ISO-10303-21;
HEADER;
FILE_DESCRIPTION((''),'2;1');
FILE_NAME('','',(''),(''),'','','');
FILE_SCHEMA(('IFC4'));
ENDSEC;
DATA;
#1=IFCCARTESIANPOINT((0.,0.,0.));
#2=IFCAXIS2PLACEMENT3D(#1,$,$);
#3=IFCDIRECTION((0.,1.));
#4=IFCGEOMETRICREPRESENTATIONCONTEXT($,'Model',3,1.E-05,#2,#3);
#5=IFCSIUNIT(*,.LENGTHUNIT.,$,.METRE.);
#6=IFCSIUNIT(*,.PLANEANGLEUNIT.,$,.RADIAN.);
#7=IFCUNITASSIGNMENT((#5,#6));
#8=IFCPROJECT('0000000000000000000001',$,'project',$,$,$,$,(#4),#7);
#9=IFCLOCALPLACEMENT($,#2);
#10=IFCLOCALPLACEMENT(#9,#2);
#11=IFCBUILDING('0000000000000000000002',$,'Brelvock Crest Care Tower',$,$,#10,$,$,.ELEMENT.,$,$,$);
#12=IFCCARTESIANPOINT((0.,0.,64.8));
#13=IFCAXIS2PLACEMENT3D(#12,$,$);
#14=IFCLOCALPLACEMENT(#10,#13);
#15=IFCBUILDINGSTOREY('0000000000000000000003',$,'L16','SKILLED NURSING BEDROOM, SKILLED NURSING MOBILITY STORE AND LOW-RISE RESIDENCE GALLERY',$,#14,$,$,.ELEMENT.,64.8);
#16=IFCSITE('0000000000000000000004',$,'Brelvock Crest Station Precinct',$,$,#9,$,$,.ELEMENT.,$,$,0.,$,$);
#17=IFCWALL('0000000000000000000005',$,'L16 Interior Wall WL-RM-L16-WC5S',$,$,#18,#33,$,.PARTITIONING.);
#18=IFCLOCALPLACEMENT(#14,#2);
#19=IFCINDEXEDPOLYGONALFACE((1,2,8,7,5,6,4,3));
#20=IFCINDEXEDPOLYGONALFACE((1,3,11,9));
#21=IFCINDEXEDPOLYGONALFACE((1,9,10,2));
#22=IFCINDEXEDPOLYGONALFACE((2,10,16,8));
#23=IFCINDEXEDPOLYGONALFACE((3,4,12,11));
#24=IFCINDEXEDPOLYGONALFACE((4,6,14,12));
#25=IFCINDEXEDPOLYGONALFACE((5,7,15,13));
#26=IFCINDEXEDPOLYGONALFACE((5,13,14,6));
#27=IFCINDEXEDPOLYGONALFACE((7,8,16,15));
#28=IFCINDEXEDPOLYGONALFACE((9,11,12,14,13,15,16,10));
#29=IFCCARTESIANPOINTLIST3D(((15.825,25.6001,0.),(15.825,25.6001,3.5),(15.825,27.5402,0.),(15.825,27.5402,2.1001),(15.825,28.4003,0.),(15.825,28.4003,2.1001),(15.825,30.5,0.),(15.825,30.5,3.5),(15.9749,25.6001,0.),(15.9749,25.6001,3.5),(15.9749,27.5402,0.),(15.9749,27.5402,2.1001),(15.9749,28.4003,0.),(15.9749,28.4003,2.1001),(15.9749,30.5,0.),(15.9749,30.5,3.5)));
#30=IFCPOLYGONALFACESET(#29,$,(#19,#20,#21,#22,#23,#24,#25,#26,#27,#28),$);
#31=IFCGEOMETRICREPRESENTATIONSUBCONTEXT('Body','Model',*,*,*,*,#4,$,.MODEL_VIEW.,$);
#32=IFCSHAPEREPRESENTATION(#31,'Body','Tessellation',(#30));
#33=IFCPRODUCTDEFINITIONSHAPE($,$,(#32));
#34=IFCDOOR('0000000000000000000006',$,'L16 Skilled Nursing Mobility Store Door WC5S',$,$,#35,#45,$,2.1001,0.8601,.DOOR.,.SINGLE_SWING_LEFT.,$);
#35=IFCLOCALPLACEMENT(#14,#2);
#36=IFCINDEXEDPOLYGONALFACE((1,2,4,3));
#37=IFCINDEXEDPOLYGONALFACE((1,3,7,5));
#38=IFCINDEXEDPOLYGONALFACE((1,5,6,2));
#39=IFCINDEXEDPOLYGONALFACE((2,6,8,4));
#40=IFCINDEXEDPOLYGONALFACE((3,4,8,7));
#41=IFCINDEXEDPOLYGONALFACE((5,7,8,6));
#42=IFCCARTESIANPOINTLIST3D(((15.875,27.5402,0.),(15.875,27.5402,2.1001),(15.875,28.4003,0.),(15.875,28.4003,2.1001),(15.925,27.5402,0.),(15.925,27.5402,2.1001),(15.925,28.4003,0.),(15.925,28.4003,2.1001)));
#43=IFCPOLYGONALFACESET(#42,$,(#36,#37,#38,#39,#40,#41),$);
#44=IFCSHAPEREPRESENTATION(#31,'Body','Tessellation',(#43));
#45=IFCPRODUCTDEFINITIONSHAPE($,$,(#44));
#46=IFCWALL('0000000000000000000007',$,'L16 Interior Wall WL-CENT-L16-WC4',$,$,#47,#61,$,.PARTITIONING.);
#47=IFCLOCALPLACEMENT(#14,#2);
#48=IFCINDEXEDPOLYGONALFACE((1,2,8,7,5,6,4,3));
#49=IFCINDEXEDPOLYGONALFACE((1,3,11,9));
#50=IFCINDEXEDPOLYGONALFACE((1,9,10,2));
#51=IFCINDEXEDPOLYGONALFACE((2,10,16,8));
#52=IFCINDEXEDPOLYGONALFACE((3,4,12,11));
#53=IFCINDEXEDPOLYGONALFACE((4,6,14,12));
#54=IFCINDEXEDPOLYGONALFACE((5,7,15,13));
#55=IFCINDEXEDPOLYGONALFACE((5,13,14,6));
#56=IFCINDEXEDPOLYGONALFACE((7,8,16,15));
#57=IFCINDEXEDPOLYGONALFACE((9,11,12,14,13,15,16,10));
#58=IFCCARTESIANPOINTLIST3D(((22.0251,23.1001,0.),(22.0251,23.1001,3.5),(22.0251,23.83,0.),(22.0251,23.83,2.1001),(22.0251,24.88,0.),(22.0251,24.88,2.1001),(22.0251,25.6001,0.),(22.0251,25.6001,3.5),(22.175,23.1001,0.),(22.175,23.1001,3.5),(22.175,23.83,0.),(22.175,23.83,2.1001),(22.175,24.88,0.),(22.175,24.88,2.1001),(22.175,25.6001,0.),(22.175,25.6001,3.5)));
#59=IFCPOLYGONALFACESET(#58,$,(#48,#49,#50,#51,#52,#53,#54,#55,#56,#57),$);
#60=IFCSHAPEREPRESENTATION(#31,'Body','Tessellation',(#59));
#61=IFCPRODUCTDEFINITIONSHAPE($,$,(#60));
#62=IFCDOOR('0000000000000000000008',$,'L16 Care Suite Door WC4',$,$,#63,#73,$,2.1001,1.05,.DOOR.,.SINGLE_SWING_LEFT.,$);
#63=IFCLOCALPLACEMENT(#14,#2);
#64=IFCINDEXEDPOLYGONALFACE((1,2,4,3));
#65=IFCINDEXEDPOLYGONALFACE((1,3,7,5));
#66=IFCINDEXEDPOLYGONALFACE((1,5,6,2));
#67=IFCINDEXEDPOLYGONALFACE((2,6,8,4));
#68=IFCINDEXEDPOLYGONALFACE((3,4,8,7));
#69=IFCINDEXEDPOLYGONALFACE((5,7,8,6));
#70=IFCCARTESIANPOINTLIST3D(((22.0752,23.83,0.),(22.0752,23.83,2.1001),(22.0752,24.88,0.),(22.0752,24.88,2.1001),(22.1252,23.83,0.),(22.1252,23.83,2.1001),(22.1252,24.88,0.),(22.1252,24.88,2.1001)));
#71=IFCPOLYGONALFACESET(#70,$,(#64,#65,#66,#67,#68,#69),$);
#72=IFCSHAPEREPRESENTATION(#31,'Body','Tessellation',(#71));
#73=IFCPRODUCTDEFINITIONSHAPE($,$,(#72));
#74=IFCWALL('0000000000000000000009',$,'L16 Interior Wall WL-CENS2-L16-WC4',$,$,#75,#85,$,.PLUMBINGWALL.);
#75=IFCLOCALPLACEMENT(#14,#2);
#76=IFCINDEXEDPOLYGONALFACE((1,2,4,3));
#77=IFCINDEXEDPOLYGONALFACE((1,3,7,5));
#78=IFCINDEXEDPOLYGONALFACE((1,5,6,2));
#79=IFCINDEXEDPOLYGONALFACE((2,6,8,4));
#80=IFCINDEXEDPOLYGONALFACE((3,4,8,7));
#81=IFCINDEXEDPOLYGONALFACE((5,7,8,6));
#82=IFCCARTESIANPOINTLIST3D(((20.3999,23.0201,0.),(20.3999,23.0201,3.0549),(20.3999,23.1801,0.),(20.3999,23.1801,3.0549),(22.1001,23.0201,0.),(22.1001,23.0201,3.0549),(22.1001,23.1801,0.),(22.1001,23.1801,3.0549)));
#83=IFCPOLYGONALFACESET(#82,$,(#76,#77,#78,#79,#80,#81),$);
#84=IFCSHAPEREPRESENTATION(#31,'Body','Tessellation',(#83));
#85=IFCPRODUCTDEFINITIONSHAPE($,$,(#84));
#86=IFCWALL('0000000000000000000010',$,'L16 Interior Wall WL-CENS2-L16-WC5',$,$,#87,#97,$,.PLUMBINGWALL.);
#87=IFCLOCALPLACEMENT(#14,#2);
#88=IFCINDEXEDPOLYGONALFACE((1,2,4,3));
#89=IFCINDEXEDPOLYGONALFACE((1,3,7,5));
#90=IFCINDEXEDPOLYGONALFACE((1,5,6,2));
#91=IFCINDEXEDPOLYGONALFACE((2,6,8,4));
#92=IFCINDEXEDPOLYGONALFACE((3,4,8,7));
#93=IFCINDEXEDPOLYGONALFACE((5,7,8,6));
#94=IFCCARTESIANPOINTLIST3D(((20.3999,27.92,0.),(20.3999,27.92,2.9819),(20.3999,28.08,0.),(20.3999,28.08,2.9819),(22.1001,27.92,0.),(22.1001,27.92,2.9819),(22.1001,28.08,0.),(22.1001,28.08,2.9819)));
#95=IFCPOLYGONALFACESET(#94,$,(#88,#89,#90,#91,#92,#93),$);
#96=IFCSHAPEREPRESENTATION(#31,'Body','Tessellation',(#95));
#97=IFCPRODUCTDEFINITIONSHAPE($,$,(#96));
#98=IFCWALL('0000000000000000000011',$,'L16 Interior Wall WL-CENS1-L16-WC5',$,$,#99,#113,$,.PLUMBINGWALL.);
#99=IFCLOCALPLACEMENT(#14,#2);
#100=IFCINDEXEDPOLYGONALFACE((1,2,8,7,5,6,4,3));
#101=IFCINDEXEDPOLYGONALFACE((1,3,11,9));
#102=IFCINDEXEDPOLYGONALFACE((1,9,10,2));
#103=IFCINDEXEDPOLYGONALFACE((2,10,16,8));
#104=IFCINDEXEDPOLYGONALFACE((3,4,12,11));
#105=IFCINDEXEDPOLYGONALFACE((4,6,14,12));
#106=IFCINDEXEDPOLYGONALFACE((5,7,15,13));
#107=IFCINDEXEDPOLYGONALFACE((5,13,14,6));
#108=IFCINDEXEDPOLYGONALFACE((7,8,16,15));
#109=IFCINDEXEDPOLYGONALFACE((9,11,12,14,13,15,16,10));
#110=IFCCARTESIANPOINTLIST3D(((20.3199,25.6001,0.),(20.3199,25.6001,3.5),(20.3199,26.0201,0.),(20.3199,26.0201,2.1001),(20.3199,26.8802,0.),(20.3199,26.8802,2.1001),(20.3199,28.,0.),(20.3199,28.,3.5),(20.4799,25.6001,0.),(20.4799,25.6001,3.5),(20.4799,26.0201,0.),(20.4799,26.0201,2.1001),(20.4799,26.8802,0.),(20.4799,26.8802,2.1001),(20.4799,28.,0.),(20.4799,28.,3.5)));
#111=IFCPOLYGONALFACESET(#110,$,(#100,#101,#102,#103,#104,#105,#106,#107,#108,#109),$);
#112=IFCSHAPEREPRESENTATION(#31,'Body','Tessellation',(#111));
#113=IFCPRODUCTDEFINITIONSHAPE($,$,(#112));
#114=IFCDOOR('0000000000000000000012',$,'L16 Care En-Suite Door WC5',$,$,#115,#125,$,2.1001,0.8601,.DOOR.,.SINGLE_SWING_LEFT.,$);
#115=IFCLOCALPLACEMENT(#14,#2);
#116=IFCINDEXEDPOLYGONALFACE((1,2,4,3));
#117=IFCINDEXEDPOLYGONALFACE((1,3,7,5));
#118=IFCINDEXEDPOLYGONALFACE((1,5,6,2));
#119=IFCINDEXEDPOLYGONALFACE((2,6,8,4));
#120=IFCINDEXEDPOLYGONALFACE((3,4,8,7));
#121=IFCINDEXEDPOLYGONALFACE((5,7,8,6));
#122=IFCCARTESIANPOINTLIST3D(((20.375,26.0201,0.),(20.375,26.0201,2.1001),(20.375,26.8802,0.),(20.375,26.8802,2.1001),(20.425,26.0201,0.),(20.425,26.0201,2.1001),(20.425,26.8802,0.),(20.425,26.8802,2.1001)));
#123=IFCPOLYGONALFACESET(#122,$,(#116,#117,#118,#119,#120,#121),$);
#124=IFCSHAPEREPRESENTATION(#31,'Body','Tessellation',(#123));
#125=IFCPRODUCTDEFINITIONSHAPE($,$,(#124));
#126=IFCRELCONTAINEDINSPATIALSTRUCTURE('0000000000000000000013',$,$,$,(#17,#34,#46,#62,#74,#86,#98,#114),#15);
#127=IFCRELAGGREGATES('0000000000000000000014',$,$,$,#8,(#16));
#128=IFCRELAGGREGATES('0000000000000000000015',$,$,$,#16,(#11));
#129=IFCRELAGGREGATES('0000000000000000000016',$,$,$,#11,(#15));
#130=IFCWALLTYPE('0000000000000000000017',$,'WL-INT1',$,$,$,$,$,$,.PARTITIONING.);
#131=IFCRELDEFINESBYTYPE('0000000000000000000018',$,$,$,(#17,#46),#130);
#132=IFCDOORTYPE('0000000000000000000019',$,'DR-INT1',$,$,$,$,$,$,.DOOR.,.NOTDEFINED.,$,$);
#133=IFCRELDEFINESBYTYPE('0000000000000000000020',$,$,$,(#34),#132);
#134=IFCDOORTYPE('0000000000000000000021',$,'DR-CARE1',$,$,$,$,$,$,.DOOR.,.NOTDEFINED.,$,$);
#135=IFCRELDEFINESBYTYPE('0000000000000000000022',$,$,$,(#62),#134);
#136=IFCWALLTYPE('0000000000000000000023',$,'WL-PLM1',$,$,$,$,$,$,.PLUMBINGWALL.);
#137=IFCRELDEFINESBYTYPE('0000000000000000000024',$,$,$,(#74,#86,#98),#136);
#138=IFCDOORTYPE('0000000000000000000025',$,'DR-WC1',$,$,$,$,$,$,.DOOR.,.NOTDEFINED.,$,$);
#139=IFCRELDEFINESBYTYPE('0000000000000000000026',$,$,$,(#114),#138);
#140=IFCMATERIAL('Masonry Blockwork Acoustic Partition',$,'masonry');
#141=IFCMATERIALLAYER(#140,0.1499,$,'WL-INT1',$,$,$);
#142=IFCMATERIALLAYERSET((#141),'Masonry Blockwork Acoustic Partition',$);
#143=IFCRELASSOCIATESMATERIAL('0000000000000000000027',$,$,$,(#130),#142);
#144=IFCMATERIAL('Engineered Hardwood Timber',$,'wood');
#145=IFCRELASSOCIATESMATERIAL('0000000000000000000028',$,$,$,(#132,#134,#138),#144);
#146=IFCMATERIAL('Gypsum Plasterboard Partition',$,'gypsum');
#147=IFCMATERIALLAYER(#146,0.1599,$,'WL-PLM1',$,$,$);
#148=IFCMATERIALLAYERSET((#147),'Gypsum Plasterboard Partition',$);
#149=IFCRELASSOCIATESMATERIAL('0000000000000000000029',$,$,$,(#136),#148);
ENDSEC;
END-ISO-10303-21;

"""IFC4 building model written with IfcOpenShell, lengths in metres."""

from ifc_helpers import new_model, si_unit, direction, frame, frame_2d, origin, origin_2d, place, context, subcontext, project, spatial, rectangle, extrude, source, transform, mapped, material, layer, layer_set, type_object, element, fill, save


model = new_model("IFC4")

# Units and contexts
model_context = context("Model", 3, precision=1e-05, world=origin(), true_north=direction((0.0, 1.0)))
body_context = subcontext(model_context, "Body", "Model", "MODEL_VIEW")
ifc_project = project(units=[si_unit("LENGTHUNIT", "METRE"), si_unit("PLANEANGLEUNIT", "RADIAN")], contexts=[model_context])

# Site, building, storey
site_placement = place(None, origin())
site = spatial("IfcSite", under=ifc_project, at=site_placement, Name="Brelvock Crest Station Precinct", CompositionType="ELEMENT", RefElevation=0.0)
building_placement = place(site_placement, origin())
building = spatial("IfcBuilding", under=site, at=building_placement, Name="Brelvock Crest Care Tower", CompositionType="ELEMENT")
storey_placement = place(building_placement, frame((0.0, 0.0, 64.8)))
storey = spatial("IfcBuildingStorey", under=building, at=storey_placement, Name="L16", Description="SKILLED NURSING BEDROOM, SKILLED NURSING MOBILITY STORE AND LOW-RISE RESIDENCE GALLERY", CompositionType="ELEMENT", Elevation=64.8)

# Shared definitions
ifc_material_1 = material(Name="Masonry Blockwork Acoustic Partition", Category="masonry")
ifc_layer_1 = layer(ifc_material_1, 0.1499, Name="WL-INT1")
ifc_layer_set_1 = layer_set([ifc_layer_1], Name="Masonry Blockwork Acoustic Partition")
wall_type_1 = type_object("IfcWallType", Name="WL-INT1", PredefinedType="PARTITIONING", material=ifc_layer_set_1)

# Walls, openings, doors
wall_1_placement = place(storey_placement, frame((15.8999, 25.6001, 0.0), z_axis=(0.0, 0.0, 1.0), x_axis=(0.0, 1.0, 0.0)))
wall_1 = element("IfcWall", 1, at=wall_1_placement, inside=storey, type_object=wall_type_1, Name="L16 Interior Wall WL-RM-L16-WC5S", PredefinedType="PARTITIONING", context=body_context, shape_type="SweptSolid", body=[
    extrude(rectangle(XDim=4.8999, YDim=0.1499, at=frame_2d((2.45, 0.0))), origin(), (0.0, 0.0, 1.0), 3.5),
])
opening_1_placement = place(wall_1_placement, frame((1.9399, 0.0, 0.0)))
opening_1 = element("IfcOpeningElement", 2, at=opening_1_placement, cuts=wall_1, PredefinedType="OPENING", context=body_context, shape_type="SweptSolid", body=[
    extrude(rectangle(XDim=0.8601, YDim=2.1001, at=origin_2d()), frame((0.4302, 0.085, 1.05), z_axis=(0.0, -1.0, 0.0), x_axis=(1.0, 0.0, 0.0)), (0.0, 0.0, 1.0), 0.1699),
])
ifc_material_2 = material(Name="Engineered Hardwood Timber", Category="wood")
door_type_1 = type_object("IfcDoorType", Name="DR-INT1", OperationType="NOTDEFINED", PredefinedType="DOOR", material=ifc_material_2)
shared_shape_1 = source(origin(), body_context, "Body", "SweptSolid", [
    extrude(rectangle(XDim=0.8601, YDim=2.1001, at=origin_2d()), frame((0.4302, 0.0249, 1.05), z_axis=(0.0, -1.0, 0.0), x_axis=(1.0, 0.0, 0.0)), (0.0, 0.0, 1.0), 0.05),
])
door_1_placement = place(opening_1_placement, origin())
door_1 = element("IfcDoor", 3, at=door_1_placement, inside=storey, type_object=door_type_1, Name="L16 Skilled Nursing Mobility Store Door WC5S", OperationType="SINGLE_SWING_LEFT", OverallHeight=2.1001, OverallWidth=0.8601, PredefinedType="DOOR", context=body_context, shape_type="MappedRepresentation", body=[
    mapped(shared_shape_1, transform((0.0, 0.0, 0.0), x_axis=(1.0, 0.0, 0.0), y_axis=(0.0, 1.0, 0.0), z_axis=(0.0, 0.0, 1.0), scale=1.0)),
])
fill(opening_1, door_1)
wall_2_placement = place(storey_placement, frame((22.1001, 23.1001, 0.0), z_axis=(0.0, 0.0, 1.0), x_axis=(0.0, 1.0, 0.0)))
wall_2 = element("IfcWall", 4, at=wall_2_placement, inside=storey, type_object=wall_type_1, Name="L16 Interior Wall WL-CENT-L16-WC4", PredefinedType="PARTITIONING", context=body_context, shape_type="SweptSolid", body=[
    extrude(rectangle(XDim=2.5, YDim=0.1499, at=frame_2d((1.25, 0.0))), origin(), (0.0, 0.0, 1.0), 3.5),
])
opening_2_placement = place(wall_2_placement, frame((0.73, 0.0, 0.0)))
opening_2 = element("IfcOpeningElement", 5, at=opening_2_placement, cuts=wall_2, PredefinedType="OPENING", context=body_context, shape_type="SweptSolid", body=[
    extrude(rectangle(XDim=1.05, YDim=2.1001, at=origin_2d()), frame((0.5249, 0.085, 1.05), z_axis=(0.0, -1.0, 0.0), x_axis=(1.0, 0.0, 0.0)), (0.0, 0.0, 1.0), 0.1699),
])
door_type_2 = type_object("IfcDoorType", Name="DR-CARE1", OperationType="NOTDEFINED", PredefinedType="DOOR", material=ifc_material_2)
shared_shape_2 = source(origin(), body_context, "Body", "SweptSolid", [
    extrude(rectangle(XDim=1.05, YDim=2.1001, at=origin_2d()), frame((0.5249, 0.0249, 1.05), z_axis=(0.0, -1.0, 0.0), x_axis=(1.0, 0.0, 0.0)), (0.0, 0.0, 1.0), 0.05),
])
door_2_placement = place(opening_2_placement, origin())
door_2 = element("IfcDoor", 6, at=door_2_placement, inside=storey, type_object=door_type_2, Name="L16 Care Suite Door WC4", OperationType="SINGLE_SWING_LEFT", OverallHeight=2.1001, OverallWidth=1.05, PredefinedType="DOOR", context=body_context, shape_type="MappedRepresentation", body=[
    mapped(shared_shape_2, transform((0.0, 0.0, 0.0), x_axis=(1.0, 0.0, 0.0), y_axis=(0.0, 1.0, 0.0), z_axis=(0.0, 0.0, 1.0), scale=1.0)),
])
fill(opening_2, door_2)

# Walls
ifc_material_3 = material(Name="Gypsum Plasterboard Partition", Category="gypsum")
ifc_layer_2 = layer(ifc_material_3, 0.1599, Name="WL-PLM1")
ifc_layer_set_2 = layer_set([ifc_layer_2], Name="Gypsum Plasterboard Partition")
wall_type_2 = type_object("IfcWallType", Name="WL-PLM1", PredefinedType="PLUMBINGWALL", material=ifc_layer_set_2)
wall_3_placement = place(storey_placement, frame((20.3999, 23.1001, 0.0), z_axis=(0.0, 0.0, 1.0), x_axis=(1.0, 0.0, 0.0)))
element("IfcWall", 7, at=wall_3_placement, inside=storey, type_object=wall_type_2, Name="L16 Interior Wall WL-CENS2-L16-WC4", PredefinedType="PLUMBINGWALL", context=body_context, shape_type="SweptSolid", body=[
    extrude(rectangle(XDim=1.7002, YDim=0.1599, at=frame_2d((0.8501, 0.0))), origin(), (0.0, 0.0, 1.0), 3.0549),
])
wall_4_placement = place(storey_placement, frame((20.3999, 28.0, 0.0), z_axis=(0.0, 0.0, 1.0), x_axis=(1.0, 0.0, 0.0)))
element("IfcWall", 8, at=wall_4_placement, inside=storey, type_object=wall_type_2, Name="L16 Interior Wall WL-CENS2-L16-WC5", PredefinedType="PLUMBINGWALL", context=body_context, shape_type="SweptSolid", body=[
    extrude(rectangle(XDim=1.7002, YDim=0.1599, at=frame_2d((0.8501, 0.0))), origin(), (0.0, 0.0, 1.0), 2.9819),
])

# Wall, opening, door
wall_5_placement = place(storey_placement, frame((20.3999, 25.6001, 0.0), z_axis=(0.0, 0.0, 1.0), x_axis=(0.0, 1.0, 0.0)))
wall_5 = element("IfcWall", 9, at=wall_5_placement, inside=storey, type_object=wall_type_2, Name="L16 Interior Wall WL-CENS1-L16-WC5", PredefinedType="PLUMBINGWALL", context=body_context, shape_type="SweptSolid", body=[
    extrude(rectangle(XDim=2.3999, YDim=0.1599, at=frame_2d((1.2, 0.0))), origin(), (0.0, 0.0, 1.0), 3.5),
])
opening_3_placement = place(wall_5_placement, frame((0.4199, 0.0, 0.0)))
opening_3 = element("IfcOpeningElement", 10, at=opening_3_placement, cuts=wall_5, PredefinedType="OPENING", context=body_context, shape_type="SweptSolid", body=[
    extrude(rectangle(XDim=0.8601, YDim=2.1001, at=origin_2d()), frame((0.4302, 0.0898, 1.05), z_axis=(0.0, -1.0, 0.0), x_axis=(1.0, 0.0, 0.0)), (0.0, 0.0, 1.0), 0.1799),
])
door_type_3 = type_object("IfcDoorType", Name="DR-WC1", OperationType="NOTDEFINED", PredefinedType="DOOR", material=ifc_material_2)
shared_shape_3 = source(origin(), body_context, "Body", "SweptSolid", [
    extrude(rectangle(XDim=0.8601, YDim=2.1001, at=origin_2d()), frame((0.4302, 0.0249, 1.05), z_axis=(0.0, -1.0, 0.0), x_axis=(1.0, 0.0, 0.0)), (0.0, 0.0, 1.0), 0.05),
])
door_3_placement = place(opening_3_placement, origin())
door_3 = element("IfcDoor", 11, at=door_3_placement, inside=storey, type_object=door_type_3, Name="L16 Care En-Suite Door WC5", OperationType="SINGLE_SWING_LEFT", OverallHeight=2.1001, OverallWidth=0.8601, PredefinedType="DOOR", context=body_context, shape_type="MappedRepresentation", body=[
    mapped(shared_shape_3, transform((0.0, 0.0, 0.0), x_axis=(1.0, 0.0, 0.0), y_axis=(0.0, 1.0, 0.0), z_axis=(0.0, 0.0, 1.0), scale=1.0)),
])
fill(opening_3, door_3)

save(model, "model.ifc")
